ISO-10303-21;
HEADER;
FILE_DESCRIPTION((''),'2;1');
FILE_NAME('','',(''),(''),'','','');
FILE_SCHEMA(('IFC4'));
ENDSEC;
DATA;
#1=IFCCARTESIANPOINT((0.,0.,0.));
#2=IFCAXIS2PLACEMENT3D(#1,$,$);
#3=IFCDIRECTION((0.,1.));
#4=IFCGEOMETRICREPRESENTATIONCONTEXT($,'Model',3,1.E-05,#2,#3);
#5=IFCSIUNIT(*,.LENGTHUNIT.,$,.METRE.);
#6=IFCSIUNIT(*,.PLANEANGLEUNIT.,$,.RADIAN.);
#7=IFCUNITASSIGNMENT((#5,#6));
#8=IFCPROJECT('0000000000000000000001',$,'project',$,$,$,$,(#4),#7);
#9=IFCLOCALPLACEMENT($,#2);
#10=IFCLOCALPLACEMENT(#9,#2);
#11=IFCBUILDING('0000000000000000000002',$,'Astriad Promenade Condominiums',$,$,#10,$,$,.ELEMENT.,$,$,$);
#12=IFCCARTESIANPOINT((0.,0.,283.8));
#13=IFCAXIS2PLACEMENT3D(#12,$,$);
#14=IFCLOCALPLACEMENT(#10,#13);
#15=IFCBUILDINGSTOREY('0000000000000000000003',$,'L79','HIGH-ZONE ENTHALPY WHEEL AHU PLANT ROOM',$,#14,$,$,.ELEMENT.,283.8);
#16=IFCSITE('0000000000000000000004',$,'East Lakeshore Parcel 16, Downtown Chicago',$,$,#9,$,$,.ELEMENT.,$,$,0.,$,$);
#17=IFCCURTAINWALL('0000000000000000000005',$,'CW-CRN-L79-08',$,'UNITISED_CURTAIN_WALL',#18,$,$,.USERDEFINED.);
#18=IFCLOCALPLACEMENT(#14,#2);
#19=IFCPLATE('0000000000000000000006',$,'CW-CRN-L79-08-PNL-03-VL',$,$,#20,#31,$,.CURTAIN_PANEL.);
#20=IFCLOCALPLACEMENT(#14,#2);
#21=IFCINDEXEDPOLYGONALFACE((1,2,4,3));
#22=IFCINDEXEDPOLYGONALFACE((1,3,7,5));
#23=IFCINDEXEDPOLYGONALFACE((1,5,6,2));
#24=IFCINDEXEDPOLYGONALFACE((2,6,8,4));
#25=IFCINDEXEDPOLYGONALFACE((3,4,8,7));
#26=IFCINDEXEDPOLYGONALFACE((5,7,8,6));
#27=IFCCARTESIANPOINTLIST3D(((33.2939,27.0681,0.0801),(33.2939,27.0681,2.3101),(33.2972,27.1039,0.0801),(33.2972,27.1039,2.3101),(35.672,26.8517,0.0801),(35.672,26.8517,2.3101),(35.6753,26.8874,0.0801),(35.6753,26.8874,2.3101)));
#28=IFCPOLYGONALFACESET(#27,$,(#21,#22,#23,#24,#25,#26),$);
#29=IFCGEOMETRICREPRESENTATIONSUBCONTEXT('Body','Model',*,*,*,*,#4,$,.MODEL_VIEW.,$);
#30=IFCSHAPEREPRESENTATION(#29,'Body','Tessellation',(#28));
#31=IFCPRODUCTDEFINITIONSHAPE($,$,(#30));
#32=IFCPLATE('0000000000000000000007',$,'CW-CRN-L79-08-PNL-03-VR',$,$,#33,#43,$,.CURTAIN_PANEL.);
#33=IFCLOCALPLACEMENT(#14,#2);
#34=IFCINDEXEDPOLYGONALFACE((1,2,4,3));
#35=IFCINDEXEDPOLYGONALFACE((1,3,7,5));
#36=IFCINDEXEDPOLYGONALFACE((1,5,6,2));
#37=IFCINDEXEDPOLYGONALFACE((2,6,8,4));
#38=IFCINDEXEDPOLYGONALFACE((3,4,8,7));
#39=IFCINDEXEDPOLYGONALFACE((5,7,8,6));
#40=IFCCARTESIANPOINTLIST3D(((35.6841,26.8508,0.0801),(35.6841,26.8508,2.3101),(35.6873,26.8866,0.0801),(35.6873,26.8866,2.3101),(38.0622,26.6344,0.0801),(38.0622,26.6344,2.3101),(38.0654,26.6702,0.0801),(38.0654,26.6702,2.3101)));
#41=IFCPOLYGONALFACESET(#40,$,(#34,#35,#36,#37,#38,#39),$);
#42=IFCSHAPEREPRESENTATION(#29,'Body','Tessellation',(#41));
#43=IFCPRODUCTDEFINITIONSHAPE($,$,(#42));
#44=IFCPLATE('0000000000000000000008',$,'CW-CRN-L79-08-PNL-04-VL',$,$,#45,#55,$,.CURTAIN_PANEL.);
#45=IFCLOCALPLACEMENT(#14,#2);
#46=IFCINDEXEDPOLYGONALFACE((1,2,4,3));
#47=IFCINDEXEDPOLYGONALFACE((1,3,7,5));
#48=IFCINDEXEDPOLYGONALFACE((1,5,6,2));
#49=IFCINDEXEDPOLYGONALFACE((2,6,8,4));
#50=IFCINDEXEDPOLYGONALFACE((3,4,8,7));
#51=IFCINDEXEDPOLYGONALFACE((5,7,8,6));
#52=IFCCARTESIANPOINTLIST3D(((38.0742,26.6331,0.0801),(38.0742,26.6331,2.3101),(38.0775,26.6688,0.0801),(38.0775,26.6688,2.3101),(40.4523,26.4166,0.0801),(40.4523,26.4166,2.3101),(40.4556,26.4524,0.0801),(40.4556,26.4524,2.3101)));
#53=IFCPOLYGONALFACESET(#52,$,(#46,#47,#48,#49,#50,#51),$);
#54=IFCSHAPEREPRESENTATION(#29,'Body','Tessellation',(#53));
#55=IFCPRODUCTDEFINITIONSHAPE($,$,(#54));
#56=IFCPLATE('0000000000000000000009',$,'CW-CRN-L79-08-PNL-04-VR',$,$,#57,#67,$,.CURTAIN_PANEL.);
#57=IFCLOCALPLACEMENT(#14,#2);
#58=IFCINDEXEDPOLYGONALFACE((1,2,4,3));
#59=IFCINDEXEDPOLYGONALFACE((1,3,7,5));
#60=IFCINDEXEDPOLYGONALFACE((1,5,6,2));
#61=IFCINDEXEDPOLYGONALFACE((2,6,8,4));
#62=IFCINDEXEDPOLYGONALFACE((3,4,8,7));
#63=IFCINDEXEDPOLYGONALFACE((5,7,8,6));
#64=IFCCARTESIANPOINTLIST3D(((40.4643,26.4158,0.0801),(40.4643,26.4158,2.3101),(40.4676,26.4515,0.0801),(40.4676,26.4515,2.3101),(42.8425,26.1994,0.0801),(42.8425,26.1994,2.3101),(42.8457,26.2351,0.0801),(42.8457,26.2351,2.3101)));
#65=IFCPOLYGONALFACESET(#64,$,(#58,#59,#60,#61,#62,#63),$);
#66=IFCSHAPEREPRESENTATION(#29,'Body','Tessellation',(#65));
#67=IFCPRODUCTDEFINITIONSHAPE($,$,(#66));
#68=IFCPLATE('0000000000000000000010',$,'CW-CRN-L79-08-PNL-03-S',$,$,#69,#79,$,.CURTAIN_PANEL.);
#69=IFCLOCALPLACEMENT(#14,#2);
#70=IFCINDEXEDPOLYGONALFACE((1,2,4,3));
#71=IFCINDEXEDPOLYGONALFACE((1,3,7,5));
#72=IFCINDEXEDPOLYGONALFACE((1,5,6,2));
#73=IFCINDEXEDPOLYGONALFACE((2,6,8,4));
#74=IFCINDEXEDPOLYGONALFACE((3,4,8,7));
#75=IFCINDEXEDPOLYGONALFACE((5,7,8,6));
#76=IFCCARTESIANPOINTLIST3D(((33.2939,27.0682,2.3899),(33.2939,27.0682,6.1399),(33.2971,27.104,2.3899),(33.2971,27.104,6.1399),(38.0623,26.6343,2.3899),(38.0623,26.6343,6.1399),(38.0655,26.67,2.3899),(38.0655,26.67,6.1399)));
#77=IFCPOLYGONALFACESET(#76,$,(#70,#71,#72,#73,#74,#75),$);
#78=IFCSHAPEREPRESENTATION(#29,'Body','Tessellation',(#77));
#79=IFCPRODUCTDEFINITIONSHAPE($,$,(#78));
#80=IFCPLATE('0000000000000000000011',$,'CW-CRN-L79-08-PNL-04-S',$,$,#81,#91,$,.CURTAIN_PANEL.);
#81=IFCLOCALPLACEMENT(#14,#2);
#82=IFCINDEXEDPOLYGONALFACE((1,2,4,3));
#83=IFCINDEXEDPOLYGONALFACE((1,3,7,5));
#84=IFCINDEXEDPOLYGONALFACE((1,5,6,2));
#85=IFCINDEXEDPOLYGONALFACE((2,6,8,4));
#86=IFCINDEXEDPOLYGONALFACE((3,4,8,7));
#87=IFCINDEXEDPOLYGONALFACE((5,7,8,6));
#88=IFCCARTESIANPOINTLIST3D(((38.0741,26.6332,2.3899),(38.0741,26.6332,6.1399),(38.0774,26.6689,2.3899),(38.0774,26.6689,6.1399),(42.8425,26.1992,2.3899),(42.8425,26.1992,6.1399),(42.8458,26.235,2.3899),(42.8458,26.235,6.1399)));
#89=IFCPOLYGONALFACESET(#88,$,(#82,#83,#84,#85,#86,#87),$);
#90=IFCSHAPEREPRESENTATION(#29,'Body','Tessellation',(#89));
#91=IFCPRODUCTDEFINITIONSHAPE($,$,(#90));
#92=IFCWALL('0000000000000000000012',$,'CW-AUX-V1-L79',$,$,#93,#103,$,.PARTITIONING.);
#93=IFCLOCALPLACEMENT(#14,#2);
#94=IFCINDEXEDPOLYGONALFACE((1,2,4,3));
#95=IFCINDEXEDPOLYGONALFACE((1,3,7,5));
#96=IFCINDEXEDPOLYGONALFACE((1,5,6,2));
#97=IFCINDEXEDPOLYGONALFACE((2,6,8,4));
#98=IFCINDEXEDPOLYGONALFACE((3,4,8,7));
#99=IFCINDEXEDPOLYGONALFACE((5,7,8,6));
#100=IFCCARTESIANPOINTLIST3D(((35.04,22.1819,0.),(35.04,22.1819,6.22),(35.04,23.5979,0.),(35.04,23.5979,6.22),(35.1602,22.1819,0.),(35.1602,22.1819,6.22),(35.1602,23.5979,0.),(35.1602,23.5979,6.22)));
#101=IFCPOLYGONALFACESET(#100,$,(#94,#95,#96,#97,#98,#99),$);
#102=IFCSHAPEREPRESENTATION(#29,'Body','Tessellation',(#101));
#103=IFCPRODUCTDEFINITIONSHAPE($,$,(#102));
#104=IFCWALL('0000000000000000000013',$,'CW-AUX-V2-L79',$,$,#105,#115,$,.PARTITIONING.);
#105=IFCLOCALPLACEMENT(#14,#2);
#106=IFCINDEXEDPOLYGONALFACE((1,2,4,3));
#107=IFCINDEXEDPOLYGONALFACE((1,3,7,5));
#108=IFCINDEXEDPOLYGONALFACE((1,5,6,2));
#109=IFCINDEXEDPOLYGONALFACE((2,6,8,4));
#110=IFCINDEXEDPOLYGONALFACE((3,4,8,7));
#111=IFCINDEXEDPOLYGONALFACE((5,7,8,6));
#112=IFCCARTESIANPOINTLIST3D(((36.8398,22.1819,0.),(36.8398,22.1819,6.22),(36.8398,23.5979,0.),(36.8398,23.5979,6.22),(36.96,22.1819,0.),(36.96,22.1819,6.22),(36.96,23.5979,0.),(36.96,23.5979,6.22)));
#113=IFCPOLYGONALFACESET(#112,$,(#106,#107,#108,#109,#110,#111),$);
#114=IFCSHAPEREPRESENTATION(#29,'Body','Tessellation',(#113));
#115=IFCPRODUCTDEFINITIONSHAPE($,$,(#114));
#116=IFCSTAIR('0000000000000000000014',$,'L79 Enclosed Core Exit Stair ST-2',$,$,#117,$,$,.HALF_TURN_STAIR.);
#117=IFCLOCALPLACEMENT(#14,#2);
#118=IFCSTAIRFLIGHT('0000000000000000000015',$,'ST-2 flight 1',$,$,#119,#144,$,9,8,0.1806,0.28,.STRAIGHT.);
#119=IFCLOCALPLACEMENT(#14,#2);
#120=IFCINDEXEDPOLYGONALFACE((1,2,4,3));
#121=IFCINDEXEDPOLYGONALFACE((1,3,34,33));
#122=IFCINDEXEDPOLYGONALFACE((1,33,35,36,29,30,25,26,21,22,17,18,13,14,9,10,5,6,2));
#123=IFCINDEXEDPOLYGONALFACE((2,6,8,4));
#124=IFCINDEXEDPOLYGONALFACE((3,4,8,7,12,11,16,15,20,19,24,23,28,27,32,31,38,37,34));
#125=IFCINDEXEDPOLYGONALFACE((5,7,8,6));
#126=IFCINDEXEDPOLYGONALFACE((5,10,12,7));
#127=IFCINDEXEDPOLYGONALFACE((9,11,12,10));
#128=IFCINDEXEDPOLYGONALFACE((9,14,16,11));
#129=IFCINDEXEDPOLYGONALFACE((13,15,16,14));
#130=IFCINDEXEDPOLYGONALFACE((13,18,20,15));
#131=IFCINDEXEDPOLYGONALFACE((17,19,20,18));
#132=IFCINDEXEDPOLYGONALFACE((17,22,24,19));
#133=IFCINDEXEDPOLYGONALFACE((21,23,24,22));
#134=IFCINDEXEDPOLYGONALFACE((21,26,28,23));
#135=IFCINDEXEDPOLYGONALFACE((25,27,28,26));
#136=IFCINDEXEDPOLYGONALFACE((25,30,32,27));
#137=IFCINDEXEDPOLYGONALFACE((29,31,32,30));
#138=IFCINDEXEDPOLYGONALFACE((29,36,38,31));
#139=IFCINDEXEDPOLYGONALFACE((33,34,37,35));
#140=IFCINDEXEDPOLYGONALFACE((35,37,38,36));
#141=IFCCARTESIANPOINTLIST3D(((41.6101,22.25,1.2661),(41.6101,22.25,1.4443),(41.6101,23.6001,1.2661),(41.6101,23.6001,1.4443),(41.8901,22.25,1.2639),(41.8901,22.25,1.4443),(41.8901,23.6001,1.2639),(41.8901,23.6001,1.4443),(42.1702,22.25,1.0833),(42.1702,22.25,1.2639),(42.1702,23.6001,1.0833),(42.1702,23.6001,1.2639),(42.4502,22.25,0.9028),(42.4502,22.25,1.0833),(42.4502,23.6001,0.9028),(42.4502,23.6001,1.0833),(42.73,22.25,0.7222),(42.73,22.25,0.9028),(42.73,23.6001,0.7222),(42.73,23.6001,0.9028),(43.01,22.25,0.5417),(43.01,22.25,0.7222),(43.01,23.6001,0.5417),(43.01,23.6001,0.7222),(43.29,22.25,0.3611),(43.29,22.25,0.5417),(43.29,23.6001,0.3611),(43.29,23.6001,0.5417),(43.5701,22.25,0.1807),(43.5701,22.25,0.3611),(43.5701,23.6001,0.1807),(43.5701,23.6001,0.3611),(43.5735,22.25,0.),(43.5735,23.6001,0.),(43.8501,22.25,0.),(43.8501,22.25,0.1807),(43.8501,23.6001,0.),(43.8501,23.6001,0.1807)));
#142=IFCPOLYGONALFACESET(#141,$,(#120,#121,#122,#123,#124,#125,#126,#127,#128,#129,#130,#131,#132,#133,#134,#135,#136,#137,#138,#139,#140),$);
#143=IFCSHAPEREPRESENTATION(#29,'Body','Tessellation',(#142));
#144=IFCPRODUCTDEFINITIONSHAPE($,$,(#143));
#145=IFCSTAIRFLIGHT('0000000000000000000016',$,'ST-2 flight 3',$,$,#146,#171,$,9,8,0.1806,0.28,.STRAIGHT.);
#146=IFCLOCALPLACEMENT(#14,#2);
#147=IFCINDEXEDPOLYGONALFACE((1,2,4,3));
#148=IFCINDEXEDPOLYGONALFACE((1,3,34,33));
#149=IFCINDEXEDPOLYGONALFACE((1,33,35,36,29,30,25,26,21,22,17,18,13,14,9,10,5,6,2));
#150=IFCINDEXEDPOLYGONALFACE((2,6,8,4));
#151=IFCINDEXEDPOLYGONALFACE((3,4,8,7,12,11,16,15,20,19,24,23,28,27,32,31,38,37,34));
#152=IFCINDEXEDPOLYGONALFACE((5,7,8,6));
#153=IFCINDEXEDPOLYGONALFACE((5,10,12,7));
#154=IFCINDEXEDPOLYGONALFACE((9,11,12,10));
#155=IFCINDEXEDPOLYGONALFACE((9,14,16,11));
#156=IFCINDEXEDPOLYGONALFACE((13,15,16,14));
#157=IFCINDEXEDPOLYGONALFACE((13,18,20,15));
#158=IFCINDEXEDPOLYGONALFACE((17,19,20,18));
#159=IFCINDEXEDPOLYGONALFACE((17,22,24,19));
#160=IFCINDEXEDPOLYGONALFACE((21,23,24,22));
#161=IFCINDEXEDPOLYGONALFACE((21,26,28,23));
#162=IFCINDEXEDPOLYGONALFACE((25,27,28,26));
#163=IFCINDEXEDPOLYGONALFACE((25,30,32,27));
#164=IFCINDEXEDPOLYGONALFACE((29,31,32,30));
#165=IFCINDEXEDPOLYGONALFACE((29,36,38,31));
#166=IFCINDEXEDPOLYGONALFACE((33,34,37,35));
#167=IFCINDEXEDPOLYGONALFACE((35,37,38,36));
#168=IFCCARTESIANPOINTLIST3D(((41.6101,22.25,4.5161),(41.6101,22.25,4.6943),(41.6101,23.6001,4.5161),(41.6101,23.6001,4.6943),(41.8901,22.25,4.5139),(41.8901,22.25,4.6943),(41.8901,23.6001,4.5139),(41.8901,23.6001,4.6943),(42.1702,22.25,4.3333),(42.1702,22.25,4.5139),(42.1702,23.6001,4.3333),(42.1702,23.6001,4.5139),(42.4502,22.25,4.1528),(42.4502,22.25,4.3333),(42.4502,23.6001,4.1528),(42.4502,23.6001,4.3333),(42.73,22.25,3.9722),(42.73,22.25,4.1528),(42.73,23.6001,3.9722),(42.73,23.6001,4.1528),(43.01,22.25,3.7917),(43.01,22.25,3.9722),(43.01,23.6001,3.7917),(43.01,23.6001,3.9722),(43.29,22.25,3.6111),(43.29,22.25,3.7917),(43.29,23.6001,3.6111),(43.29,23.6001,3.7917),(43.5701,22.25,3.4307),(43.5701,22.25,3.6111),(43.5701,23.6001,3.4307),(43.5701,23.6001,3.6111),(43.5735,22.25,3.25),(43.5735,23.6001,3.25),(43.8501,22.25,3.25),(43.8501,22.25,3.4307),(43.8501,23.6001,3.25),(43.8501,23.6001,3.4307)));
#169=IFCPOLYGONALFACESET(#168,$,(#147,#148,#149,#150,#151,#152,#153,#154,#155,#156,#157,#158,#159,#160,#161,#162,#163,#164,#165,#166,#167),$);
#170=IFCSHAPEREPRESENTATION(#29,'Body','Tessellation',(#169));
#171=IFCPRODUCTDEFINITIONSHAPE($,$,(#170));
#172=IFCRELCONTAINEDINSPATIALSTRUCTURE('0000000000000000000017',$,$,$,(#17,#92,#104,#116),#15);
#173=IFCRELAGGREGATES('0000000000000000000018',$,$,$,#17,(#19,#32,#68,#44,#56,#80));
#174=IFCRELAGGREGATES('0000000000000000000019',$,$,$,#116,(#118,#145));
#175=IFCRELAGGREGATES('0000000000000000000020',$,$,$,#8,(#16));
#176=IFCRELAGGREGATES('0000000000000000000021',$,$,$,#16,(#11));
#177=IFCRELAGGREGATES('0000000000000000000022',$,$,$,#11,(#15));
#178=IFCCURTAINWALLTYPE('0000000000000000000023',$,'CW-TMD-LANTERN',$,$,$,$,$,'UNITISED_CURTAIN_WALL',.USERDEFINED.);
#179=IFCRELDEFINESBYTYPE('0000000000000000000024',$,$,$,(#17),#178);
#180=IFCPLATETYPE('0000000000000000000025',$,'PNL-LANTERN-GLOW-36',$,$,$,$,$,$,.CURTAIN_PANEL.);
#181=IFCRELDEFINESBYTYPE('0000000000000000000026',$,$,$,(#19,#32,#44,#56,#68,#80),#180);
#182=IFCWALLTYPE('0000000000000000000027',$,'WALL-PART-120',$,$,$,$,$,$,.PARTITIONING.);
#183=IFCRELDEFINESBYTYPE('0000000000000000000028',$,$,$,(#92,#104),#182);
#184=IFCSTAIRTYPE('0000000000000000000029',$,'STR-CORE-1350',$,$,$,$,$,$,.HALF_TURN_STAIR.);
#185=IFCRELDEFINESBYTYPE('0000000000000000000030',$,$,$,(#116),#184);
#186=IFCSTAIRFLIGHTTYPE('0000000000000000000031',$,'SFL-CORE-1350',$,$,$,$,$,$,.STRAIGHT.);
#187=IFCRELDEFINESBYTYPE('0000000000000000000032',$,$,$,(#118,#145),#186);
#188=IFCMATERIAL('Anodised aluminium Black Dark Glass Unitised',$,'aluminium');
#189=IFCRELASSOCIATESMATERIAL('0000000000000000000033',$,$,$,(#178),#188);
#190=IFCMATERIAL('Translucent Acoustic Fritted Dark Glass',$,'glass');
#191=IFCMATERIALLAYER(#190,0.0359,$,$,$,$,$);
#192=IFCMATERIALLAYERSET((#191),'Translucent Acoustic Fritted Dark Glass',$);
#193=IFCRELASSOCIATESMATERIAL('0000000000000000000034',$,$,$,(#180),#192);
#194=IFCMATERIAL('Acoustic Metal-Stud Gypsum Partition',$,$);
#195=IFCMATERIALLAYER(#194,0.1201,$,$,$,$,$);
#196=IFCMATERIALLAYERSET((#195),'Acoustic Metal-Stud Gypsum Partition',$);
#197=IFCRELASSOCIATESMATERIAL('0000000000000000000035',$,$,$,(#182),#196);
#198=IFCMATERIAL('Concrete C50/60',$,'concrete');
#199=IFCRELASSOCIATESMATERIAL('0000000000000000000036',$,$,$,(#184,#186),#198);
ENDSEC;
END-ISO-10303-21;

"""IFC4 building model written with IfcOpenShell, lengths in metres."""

from ifc_helpers import new_model, si_unit, direction, frame, frame_2d, origin, origin_2d, place, context, subcontext, project, spatial, polyline, rectangle, outline, extrude, source, transform, mapped, material, layer, layer_set, type_object, type_shapes, element, aggregate, save


model = new_model("IFC4")

# Units and contexts
model_context = context("Model", 3, precision=1e-05, world=origin(), true_north=direction((0.0, 1.0)))
body_context = subcontext(model_context, "Body", "Model", "MODEL_VIEW")
ifc_project = project(units=[si_unit("LENGTHUNIT", "METRE"), si_unit("PLANEANGLEUNIT", "RADIAN")], contexts=[model_context])

# Site, building, storey
site_placement = place(None, origin())
site = spatial("IfcSite", under=ifc_project, at=site_placement, Name="East Lakeshore Parcel 16, Downtown Chicago", CompositionType="ELEMENT", RefElevation=0.0)
building_placement = place(site_placement, origin())
building = spatial("IfcBuilding", under=site, at=building_placement, Name="Astriad Promenade Condominiums", CompositionType="ELEMENT")
storey_placement = place(building_placement, frame((0.0, 0.0, 283.8)))
storey = spatial("IfcBuildingStorey", under=building, at=storey_placement, Name="L79", Description="HIGH-ZONE ENTHALPY WHEEL AHU PLANT ROOM", CompositionType="ELEMENT", Elevation=283.8)

# Shared definitions
ifc_material_1 = material(Name="Concrete C50/60", Category="concrete")

# Curtain wall
ifc_material_2 = material(Name="Anodised aluminium Black Dark Glass Unitised", Category="aluminium")
curtain_wall_type = type_object("IfcCurtainWallType", Name="CW-TMD-LANTERN", ElementType="UNITISED_CURTAIN_WALL", PredefinedType="USERDEFINED", material=ifc_material_2)
curtain_wall_placement = place(storey_placement, origin())
curtain_wall = element("IfcCurtainWall", 1, at=curtain_wall_placement, inside=storey, type_object=curtain_wall_type, Name="CW-CRN-L79-08", ObjectType="UNITISED_CURTAIN_WALL", PredefinedType="USERDEFINED")

# Plates
ifc_material_3 = material(Name="Translucent Acoustic Fritted Dark Glass", Category="glass")
ifc_layer_1 = layer(ifc_material_3, 0.0359)
ifc_layer_set_1 = layer_set([ifc_layer_1], Name="Translucent Acoustic Fritted Dark Glass")
plate_type_1 = type_object("IfcPlateType", Name="PNL-LANTERN-GLOW-36", PredefinedType="CURTAIN_PANEL", material=ifc_layer_set_1)
shared_shape_1 = source(origin(), body_context, "Body", "SweptSolid", [
    extrude(rectangle(XDim=2.3879, YDim=0.0359, at=origin_2d()), origin(), (0.0, 0.0, 1.0), 2.23),
])
plate_1_placement = place(storey_placement, frame((34.4846, 26.9778, 0.0801), z_axis=(0.0, 0.0, 1.0), x_axis=(0.995884, -0.090633, 0.0)))
plate_1 = element("IfcPlate", 2, at=plate_1_placement, type_object=plate_type_1, Name="CW-CRN-L79-08-PNL-03-VL", PredefinedType="CURTAIN_PANEL", context=body_context, shape_type="MappedRepresentation", body=[
    mapped(shared_shape_1, transform((0.0, 0.0, 0.0), scale=1.0)),
])
plate_2_placement = place(storey_placement, frame((36.8748, 26.7605, 0.0801), z_axis=(0.0, 0.0, 1.0), x_axis=(0.995884, -0.090633, 0.0)))
plate_2 = element("IfcPlate", 3, at=plate_2_placement, type_object=plate_type_1, Name="CW-CRN-L79-08-PNL-03-VR", PredefinedType="CURTAIN_PANEL", context=body_context, shape_type="MappedRepresentation", body=[
    mapped(shared_shape_1, transform((0.0, 0.0, 0.0), scale=1.0)),
])
plate_3_placement = place(storey_placement, frame((39.2649, 26.5427, 0.0801), z_axis=(0.0, 0.0, 1.0), x_axis=(0.995884, -0.090633, 0.0)))
plate_3 = element("IfcPlate", 4, at=plate_3_placement, type_object=plate_type_1, Name="CW-CRN-L79-08-PNL-04-VL", PredefinedType="CURTAIN_PANEL", context=body_context, shape_type="MappedRepresentation", body=[
    mapped(shared_shape_1, transform((0.0, 0.0, 0.0), scale=1.0)),
])
plate_4_placement = place(storey_placement, frame((41.655, 26.3254, 0.0801), z_axis=(0.0, 0.0, 1.0), x_axis=(0.995884, -0.090633, 0.0)))
plate_4 = element("IfcPlate", 5, at=plate_4_placement, type_object=plate_type_1, Name="CW-CRN-L79-08-PNL-04-VR", PredefinedType="CURTAIN_PANEL", context=body_context, shape_type="MappedRepresentation", body=[
    mapped(shared_shape_1, transform((0.0, 0.0, 0.0), scale=1.0)),
])
shared_shape_2 = source(origin(), body_context, "Body", "SweptSolid", [
    extrude(rectangle(XDim=4.7881, YDim=0.0359, at=origin_2d()), origin(), (0.0, 0.0, 1.0), 3.75),
])
type_shapes(plate_type_1, [shared_shape_1, shared_shape_2])
plate_5_placement = place(storey_placement, frame((35.6797, 26.8691, 2.3899), z_axis=(0.0, 0.0, 1.0), x_axis=(0.995884, -0.090633, 0.0)))
plate_5 = element("IfcPlate", 6, at=plate_5_placement, type_object=plate_type_1, Name="CW-CRN-L79-08-PNL-03-S", PredefinedType="CURTAIN_PANEL", context=body_context, shape_type="MappedRepresentation", body=[
    mapped(shared_shape_2, transform((0.0, 0.0, 0.0), scale=1.0)),
])
plate_6_placement = place(storey_placement, frame((40.46, 26.4341, 2.3899), z_axis=(0.0, 0.0, 1.0), x_axis=(0.995884, -0.090633, 0.0)))
plate_6 = element("IfcPlate", 7, at=plate_6_placement, type_object=plate_type_1, Name="CW-CRN-L79-08-PNL-04-S", PredefinedType="CURTAIN_PANEL", context=body_context, shape_type="MappedRepresentation", body=[
    mapped(shared_shape_2, transform((0.0, 0.0, 0.0), scale=1.0)),
])
aggregate(curtain_wall, [plate_1, plate_2, plate_5, plate_3, plate_4, plate_6])

# Walls
ifc_material_4 = material(Name="Acoustic Metal-Stud Gypsum Partition")
ifc_layer_2 = layer(ifc_material_4, 0.1201)
ifc_layer_set_2 = layer_set([ifc_layer_2], Name="Acoustic Metal-Stud Gypsum Partition")
wall_type = type_object("IfcWallType", Name="WALL-PART-120", PredefinedType="PARTITIONING", material=ifc_layer_set_2)
for number, where, z_axis, x_axis, name in (
    (8, (35.1001, 22.1819, 0.0), (0.0, 0.0, 1.0), (0.0, 1.0, 0.0), "CW-AUX-V1-L79"),
    (9, (36.8999, 22.1819, 0.0), (0.0, 0.0, 1.0), (0.0, 1.0, 0.0), "CW-AUX-V2-L79"),
):
    element("IfcWall", number, at=place(storey_placement, frame(where, z_axis=z_axis, x_axis=x_axis)), inside=storey, type_object=wall_type, Name=name, PredefinedType="PARTITIONING", context=body_context, shape_type="SweptSolid", body=[
        extrude(rectangle(XDim=1.416, YDim=0.1201, at=frame_2d((0.708, 0.0))), origin(), (0.0, 0.0, 1.0), 6.22),
    ])

# Stair, stair flights
stair_type = type_object("IfcStairType", Name="STR-CORE-1350", PredefinedType="HALF_TURN_STAIR", material=ifc_material_1)
stair_placement = place(storey_placement, origin())
stair = element("IfcStair", 10, at=stair_placement, inside=storey, type_object=stair_type, Name="L79 Enclosed Core Exit Stair ST-2", PredefinedType="HALF_TURN_STAIR")
stair_flight_type = type_object("IfcStairFlightType", Name="SFL-CORE-1350", PredefinedType="STRAIGHT", material=ifc_material_1)
shared_shape_3 = source(origin(), body_context, "Body", "SweptSolid", [
    extrude(outline(polyline([(0.0, 0.0), (0.0, 0.1807), (0.28, 0.1807), (0.28, 0.3611), (0.5601, 0.3611), (0.5601, 0.5417), (0.8401, 0.5417), (0.8401, 0.7222), (1.1201, 0.7222), (1.1201, 0.9028), (1.3999, 0.9028), (1.3999, 1.0833), (1.6799, 1.0833), (1.6799, 1.2639), (1.96, 1.2639), (1.96, 1.4443), (2.24, 1.4443), (2.24, 1.625), (2.24, 1.2661), (0.2766, 0.0), (0.0, 0.0)])), frame((0.0, 0.675, 0.0), z_axis=(0.0, -1.0, 0.0), x_axis=(1.0, 0.0, 0.0)), (0.0, 0.0, 1.0), 1.3501),
])
type_shapes(stair_flight_type, [shared_shape_3])
stair_flight_1_placement = place(storey_placement, frame((43.8501, 22.925, 0.0), z_axis=(0.0, 0.0, 1.0), x_axis=(-1.0, 0.0, 0.0)))
stair_flight_1 = element("IfcStairFlight", 11, at=stair_flight_1_placement, type_object=stair_flight_type, Name="ST-2 flight 1", NumberOfRisers=9, NumberOfTreads=8, PredefinedType="STRAIGHT", RiserHeight=0.1806, TreadLength=0.28, context=body_context, shape_type="MappedRepresentation", body=[
    mapped(shared_shape_3, transform((0.0, 0.0, 0.0), scale=1.0)),
])
stair_flight_2_placement = place(storey_placement, frame((43.8501, 22.925, 3.25), z_axis=(0.0, 0.0, 1.0), x_axis=(-1.0, 0.0, 0.0)))
stair_flight_2 = element("IfcStairFlight", 12, at=stair_flight_2_placement, type_object=stair_flight_type, Name="ST-2 flight 3", NumberOfRisers=9, NumberOfTreads=8, PredefinedType="STRAIGHT", RiserHeight=0.1806, TreadLength=0.28, context=body_context, shape_type="MappedRepresentation", body=[
    mapped(shared_shape_3, transform((0.0, 0.0, 0.0), scale=1.0)),
])
aggregate(stair, [stair_flight_1, stair_flight_2])

save(model, "model.ifc")
